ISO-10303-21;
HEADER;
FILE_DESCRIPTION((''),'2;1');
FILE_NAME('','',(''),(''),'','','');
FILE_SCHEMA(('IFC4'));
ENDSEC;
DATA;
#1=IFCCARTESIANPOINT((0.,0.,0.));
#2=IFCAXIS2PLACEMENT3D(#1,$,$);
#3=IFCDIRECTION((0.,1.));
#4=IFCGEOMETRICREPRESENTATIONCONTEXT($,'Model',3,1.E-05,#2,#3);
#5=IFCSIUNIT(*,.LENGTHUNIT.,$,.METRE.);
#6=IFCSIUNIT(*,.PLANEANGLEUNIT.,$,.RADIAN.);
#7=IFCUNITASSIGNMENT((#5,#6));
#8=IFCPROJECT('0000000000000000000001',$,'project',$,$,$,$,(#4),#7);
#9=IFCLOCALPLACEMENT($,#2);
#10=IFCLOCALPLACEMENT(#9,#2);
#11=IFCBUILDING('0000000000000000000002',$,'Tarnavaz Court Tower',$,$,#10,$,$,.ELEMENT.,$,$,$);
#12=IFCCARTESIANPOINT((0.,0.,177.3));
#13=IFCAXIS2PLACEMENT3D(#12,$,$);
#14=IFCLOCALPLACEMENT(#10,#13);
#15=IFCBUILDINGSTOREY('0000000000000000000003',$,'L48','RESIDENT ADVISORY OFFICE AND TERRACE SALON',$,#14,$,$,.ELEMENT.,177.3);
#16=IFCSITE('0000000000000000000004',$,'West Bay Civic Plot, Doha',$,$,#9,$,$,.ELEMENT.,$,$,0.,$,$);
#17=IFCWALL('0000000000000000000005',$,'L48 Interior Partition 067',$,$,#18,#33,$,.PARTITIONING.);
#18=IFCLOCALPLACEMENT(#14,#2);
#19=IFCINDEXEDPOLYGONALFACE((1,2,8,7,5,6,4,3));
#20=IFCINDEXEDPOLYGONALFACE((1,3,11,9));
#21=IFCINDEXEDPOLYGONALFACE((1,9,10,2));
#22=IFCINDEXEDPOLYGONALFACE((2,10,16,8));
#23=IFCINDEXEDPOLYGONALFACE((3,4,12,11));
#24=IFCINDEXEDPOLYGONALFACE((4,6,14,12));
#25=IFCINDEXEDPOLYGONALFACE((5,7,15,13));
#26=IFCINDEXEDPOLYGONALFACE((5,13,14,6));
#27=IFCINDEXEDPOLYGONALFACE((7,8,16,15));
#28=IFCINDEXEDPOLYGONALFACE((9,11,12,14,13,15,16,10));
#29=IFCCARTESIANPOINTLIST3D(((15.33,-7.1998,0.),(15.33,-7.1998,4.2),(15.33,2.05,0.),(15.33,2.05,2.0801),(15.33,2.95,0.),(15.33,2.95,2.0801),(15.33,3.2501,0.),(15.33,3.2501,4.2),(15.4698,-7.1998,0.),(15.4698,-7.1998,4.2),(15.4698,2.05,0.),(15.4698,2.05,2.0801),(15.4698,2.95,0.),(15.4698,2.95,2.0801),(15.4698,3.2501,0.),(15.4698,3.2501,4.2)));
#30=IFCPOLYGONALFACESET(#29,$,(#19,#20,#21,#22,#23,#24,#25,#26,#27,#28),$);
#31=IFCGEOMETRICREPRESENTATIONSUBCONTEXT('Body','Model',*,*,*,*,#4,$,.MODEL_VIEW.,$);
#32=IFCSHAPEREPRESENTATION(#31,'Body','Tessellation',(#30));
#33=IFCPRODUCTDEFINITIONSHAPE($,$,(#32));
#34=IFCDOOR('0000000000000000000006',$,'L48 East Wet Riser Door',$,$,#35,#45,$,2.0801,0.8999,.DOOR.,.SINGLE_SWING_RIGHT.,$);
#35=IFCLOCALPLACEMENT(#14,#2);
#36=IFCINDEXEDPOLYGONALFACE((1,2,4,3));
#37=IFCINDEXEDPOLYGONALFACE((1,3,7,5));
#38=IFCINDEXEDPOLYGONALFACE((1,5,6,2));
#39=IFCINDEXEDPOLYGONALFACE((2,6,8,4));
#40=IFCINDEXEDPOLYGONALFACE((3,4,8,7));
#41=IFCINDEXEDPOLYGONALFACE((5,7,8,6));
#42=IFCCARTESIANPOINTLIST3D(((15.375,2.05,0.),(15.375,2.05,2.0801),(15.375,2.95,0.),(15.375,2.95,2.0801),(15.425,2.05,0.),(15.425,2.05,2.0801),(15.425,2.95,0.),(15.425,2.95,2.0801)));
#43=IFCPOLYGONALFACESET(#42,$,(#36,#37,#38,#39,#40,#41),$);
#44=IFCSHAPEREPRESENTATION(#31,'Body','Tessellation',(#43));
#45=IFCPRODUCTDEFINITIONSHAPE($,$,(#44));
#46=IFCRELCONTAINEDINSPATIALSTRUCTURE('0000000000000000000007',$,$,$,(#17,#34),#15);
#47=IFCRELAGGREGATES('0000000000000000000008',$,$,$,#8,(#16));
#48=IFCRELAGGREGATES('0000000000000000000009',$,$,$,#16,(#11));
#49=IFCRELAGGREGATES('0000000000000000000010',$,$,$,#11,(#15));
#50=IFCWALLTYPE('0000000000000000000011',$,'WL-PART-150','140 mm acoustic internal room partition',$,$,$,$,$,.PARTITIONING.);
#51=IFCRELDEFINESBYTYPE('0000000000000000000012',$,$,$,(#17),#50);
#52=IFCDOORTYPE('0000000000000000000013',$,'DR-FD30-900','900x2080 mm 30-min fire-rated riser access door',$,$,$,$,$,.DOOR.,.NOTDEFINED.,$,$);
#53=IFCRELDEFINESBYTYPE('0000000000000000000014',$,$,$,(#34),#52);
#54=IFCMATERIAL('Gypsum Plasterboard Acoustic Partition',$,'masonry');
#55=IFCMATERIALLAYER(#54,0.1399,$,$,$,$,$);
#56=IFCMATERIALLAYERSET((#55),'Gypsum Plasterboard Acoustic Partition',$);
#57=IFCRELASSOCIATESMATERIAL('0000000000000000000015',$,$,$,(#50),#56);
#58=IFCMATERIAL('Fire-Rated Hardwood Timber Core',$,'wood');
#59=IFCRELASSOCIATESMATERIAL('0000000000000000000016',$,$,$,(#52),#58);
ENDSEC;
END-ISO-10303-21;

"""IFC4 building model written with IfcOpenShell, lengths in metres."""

from ifc_helpers import new_model, si_unit, direction, frame, frame_2d, origin, place, context, subcontext, project, spatial, rectangle, extrude, material, layer, layer_set, type_object, element, fill, save


model = new_model("IFC4")

# Units and contexts
model_context = context("Model", 3, precision=1e-05, world=origin(), true_north=direction((0.0, 1.0)))
body_context = subcontext(model_context, "Body", "Model", "MODEL_VIEW")
ifc_project = project(units=[si_unit("LENGTHUNIT", "METRE"), si_unit("PLANEANGLEUNIT", "RADIAN")], contexts=[model_context])

# Site, building, storey
site_placement = place(None, origin())
site = spatial("IfcSite", under=ifc_project, at=site_placement, Name="West Bay Civic Plot, Doha", CompositionType="ELEMENT", RefElevation=0.0)
building_placement = place(site_placement, origin())
building = spatial("IfcBuilding", under=site, at=building_placement, Name="Tarnavaz Court Tower", CompositionType="ELEMENT")
storey_placement = place(building_placement, frame((0.0, 0.0, 177.3)))
storey = spatial("IfcBuildingStorey", under=building, at=storey_placement, Name="L48", Description="RESIDENT ADVISORY OFFICE AND TERRACE SALON", CompositionType="ELEMENT", Elevation=177.3)

# Wall, opening, door
ifc_material_1 = material(Name="Gypsum Plasterboard Acoustic Partition", Category="masonry")
ifc_layer_1 = layer(ifc_material_1, 0.1399)
ifc_layer_set_1 = layer_set([ifc_layer_1], Name="Gypsum Plasterboard Acoustic Partition")
wall_type_1 = type_object("IfcWallType", Name="WL-PART-150", Description="140 mm acoustic internal room partition", PredefinedType="PARTITIONING", material=ifc_layer_set_1)
wall_1_placement = place(storey_placement, frame((15.3999, -7.2, 0.0), z_axis=(0.0, 0.0, 1.0), x_axis=(0.0, 1.0, 0.0)))
wall_1 = element("IfcWall", 1, at=wall_1_placement, inside=storey, type_object=wall_type_1, Name="L48 Interior Partition 067", PredefinedType="PARTITIONING", context=body_context, shape_type="SweptSolid", body=[
    extrude(rectangle(XDim=10.45, YDim=0.1399, at=frame_2d((5.2251, 0.0))), origin(), (0.0, 0.0, 1.0), 4.2),
])
opening_1_placement = place(wall_1_placement, frame((9.25, 0.0, 0.0)))
opening_1 = element("IfcOpeningElement", 2, at=opening_1_placement, cuts=wall_1, PredefinedType="OPENING", context=body_context, shape_type="SweptSolid", body=[
    extrude(rectangle(XDim=0.8999, YDim=2.0801, at=frame_2d((0.45, 1.04))), frame((0.0, 0.0798, 0.0), z_axis=(0.0, -1.0, 0.0), x_axis=(1.0, 0.0, 0.0)), (0.0, 0.0, 1.0), 0.1599),
])
ifc_material_2 = material(Name="Fire-Rated Hardwood Timber Core", Category="wood")
door_type_1 = type_object("IfcDoorType", Name="DR-FD30-900", Description="900x2080 mm 30-min fire-rated riser access door", OperationType="NOTDEFINED", PredefinedType="DOOR", material=ifc_material_2)
door_1_placement = place(opening_1_placement, origin())
door_1 = element("IfcDoor", 3, at=door_1_placement, inside=storey, type_object=door_type_1, Name="L48 East Wet Riser Door", OperationType="SINGLE_SWING_RIGHT", OverallHeight=2.0801, OverallWidth=0.8999, PredefinedType="DOOR", context=body_context, shape_type="SweptSolid", body=[
    extrude(rectangle(XDim=0.8999, YDim=2.0801, at=frame_2d((0.45, 1.04))), frame((0.0, 0.0249, 0.0), z_axis=(0.0, -1.0, 0.0), x_axis=(1.0, 0.0, 0.0)), (0.0, 0.0, 1.0), 0.05),
])
fill(opening_1, door_1)

save(model, "model.ifc")
